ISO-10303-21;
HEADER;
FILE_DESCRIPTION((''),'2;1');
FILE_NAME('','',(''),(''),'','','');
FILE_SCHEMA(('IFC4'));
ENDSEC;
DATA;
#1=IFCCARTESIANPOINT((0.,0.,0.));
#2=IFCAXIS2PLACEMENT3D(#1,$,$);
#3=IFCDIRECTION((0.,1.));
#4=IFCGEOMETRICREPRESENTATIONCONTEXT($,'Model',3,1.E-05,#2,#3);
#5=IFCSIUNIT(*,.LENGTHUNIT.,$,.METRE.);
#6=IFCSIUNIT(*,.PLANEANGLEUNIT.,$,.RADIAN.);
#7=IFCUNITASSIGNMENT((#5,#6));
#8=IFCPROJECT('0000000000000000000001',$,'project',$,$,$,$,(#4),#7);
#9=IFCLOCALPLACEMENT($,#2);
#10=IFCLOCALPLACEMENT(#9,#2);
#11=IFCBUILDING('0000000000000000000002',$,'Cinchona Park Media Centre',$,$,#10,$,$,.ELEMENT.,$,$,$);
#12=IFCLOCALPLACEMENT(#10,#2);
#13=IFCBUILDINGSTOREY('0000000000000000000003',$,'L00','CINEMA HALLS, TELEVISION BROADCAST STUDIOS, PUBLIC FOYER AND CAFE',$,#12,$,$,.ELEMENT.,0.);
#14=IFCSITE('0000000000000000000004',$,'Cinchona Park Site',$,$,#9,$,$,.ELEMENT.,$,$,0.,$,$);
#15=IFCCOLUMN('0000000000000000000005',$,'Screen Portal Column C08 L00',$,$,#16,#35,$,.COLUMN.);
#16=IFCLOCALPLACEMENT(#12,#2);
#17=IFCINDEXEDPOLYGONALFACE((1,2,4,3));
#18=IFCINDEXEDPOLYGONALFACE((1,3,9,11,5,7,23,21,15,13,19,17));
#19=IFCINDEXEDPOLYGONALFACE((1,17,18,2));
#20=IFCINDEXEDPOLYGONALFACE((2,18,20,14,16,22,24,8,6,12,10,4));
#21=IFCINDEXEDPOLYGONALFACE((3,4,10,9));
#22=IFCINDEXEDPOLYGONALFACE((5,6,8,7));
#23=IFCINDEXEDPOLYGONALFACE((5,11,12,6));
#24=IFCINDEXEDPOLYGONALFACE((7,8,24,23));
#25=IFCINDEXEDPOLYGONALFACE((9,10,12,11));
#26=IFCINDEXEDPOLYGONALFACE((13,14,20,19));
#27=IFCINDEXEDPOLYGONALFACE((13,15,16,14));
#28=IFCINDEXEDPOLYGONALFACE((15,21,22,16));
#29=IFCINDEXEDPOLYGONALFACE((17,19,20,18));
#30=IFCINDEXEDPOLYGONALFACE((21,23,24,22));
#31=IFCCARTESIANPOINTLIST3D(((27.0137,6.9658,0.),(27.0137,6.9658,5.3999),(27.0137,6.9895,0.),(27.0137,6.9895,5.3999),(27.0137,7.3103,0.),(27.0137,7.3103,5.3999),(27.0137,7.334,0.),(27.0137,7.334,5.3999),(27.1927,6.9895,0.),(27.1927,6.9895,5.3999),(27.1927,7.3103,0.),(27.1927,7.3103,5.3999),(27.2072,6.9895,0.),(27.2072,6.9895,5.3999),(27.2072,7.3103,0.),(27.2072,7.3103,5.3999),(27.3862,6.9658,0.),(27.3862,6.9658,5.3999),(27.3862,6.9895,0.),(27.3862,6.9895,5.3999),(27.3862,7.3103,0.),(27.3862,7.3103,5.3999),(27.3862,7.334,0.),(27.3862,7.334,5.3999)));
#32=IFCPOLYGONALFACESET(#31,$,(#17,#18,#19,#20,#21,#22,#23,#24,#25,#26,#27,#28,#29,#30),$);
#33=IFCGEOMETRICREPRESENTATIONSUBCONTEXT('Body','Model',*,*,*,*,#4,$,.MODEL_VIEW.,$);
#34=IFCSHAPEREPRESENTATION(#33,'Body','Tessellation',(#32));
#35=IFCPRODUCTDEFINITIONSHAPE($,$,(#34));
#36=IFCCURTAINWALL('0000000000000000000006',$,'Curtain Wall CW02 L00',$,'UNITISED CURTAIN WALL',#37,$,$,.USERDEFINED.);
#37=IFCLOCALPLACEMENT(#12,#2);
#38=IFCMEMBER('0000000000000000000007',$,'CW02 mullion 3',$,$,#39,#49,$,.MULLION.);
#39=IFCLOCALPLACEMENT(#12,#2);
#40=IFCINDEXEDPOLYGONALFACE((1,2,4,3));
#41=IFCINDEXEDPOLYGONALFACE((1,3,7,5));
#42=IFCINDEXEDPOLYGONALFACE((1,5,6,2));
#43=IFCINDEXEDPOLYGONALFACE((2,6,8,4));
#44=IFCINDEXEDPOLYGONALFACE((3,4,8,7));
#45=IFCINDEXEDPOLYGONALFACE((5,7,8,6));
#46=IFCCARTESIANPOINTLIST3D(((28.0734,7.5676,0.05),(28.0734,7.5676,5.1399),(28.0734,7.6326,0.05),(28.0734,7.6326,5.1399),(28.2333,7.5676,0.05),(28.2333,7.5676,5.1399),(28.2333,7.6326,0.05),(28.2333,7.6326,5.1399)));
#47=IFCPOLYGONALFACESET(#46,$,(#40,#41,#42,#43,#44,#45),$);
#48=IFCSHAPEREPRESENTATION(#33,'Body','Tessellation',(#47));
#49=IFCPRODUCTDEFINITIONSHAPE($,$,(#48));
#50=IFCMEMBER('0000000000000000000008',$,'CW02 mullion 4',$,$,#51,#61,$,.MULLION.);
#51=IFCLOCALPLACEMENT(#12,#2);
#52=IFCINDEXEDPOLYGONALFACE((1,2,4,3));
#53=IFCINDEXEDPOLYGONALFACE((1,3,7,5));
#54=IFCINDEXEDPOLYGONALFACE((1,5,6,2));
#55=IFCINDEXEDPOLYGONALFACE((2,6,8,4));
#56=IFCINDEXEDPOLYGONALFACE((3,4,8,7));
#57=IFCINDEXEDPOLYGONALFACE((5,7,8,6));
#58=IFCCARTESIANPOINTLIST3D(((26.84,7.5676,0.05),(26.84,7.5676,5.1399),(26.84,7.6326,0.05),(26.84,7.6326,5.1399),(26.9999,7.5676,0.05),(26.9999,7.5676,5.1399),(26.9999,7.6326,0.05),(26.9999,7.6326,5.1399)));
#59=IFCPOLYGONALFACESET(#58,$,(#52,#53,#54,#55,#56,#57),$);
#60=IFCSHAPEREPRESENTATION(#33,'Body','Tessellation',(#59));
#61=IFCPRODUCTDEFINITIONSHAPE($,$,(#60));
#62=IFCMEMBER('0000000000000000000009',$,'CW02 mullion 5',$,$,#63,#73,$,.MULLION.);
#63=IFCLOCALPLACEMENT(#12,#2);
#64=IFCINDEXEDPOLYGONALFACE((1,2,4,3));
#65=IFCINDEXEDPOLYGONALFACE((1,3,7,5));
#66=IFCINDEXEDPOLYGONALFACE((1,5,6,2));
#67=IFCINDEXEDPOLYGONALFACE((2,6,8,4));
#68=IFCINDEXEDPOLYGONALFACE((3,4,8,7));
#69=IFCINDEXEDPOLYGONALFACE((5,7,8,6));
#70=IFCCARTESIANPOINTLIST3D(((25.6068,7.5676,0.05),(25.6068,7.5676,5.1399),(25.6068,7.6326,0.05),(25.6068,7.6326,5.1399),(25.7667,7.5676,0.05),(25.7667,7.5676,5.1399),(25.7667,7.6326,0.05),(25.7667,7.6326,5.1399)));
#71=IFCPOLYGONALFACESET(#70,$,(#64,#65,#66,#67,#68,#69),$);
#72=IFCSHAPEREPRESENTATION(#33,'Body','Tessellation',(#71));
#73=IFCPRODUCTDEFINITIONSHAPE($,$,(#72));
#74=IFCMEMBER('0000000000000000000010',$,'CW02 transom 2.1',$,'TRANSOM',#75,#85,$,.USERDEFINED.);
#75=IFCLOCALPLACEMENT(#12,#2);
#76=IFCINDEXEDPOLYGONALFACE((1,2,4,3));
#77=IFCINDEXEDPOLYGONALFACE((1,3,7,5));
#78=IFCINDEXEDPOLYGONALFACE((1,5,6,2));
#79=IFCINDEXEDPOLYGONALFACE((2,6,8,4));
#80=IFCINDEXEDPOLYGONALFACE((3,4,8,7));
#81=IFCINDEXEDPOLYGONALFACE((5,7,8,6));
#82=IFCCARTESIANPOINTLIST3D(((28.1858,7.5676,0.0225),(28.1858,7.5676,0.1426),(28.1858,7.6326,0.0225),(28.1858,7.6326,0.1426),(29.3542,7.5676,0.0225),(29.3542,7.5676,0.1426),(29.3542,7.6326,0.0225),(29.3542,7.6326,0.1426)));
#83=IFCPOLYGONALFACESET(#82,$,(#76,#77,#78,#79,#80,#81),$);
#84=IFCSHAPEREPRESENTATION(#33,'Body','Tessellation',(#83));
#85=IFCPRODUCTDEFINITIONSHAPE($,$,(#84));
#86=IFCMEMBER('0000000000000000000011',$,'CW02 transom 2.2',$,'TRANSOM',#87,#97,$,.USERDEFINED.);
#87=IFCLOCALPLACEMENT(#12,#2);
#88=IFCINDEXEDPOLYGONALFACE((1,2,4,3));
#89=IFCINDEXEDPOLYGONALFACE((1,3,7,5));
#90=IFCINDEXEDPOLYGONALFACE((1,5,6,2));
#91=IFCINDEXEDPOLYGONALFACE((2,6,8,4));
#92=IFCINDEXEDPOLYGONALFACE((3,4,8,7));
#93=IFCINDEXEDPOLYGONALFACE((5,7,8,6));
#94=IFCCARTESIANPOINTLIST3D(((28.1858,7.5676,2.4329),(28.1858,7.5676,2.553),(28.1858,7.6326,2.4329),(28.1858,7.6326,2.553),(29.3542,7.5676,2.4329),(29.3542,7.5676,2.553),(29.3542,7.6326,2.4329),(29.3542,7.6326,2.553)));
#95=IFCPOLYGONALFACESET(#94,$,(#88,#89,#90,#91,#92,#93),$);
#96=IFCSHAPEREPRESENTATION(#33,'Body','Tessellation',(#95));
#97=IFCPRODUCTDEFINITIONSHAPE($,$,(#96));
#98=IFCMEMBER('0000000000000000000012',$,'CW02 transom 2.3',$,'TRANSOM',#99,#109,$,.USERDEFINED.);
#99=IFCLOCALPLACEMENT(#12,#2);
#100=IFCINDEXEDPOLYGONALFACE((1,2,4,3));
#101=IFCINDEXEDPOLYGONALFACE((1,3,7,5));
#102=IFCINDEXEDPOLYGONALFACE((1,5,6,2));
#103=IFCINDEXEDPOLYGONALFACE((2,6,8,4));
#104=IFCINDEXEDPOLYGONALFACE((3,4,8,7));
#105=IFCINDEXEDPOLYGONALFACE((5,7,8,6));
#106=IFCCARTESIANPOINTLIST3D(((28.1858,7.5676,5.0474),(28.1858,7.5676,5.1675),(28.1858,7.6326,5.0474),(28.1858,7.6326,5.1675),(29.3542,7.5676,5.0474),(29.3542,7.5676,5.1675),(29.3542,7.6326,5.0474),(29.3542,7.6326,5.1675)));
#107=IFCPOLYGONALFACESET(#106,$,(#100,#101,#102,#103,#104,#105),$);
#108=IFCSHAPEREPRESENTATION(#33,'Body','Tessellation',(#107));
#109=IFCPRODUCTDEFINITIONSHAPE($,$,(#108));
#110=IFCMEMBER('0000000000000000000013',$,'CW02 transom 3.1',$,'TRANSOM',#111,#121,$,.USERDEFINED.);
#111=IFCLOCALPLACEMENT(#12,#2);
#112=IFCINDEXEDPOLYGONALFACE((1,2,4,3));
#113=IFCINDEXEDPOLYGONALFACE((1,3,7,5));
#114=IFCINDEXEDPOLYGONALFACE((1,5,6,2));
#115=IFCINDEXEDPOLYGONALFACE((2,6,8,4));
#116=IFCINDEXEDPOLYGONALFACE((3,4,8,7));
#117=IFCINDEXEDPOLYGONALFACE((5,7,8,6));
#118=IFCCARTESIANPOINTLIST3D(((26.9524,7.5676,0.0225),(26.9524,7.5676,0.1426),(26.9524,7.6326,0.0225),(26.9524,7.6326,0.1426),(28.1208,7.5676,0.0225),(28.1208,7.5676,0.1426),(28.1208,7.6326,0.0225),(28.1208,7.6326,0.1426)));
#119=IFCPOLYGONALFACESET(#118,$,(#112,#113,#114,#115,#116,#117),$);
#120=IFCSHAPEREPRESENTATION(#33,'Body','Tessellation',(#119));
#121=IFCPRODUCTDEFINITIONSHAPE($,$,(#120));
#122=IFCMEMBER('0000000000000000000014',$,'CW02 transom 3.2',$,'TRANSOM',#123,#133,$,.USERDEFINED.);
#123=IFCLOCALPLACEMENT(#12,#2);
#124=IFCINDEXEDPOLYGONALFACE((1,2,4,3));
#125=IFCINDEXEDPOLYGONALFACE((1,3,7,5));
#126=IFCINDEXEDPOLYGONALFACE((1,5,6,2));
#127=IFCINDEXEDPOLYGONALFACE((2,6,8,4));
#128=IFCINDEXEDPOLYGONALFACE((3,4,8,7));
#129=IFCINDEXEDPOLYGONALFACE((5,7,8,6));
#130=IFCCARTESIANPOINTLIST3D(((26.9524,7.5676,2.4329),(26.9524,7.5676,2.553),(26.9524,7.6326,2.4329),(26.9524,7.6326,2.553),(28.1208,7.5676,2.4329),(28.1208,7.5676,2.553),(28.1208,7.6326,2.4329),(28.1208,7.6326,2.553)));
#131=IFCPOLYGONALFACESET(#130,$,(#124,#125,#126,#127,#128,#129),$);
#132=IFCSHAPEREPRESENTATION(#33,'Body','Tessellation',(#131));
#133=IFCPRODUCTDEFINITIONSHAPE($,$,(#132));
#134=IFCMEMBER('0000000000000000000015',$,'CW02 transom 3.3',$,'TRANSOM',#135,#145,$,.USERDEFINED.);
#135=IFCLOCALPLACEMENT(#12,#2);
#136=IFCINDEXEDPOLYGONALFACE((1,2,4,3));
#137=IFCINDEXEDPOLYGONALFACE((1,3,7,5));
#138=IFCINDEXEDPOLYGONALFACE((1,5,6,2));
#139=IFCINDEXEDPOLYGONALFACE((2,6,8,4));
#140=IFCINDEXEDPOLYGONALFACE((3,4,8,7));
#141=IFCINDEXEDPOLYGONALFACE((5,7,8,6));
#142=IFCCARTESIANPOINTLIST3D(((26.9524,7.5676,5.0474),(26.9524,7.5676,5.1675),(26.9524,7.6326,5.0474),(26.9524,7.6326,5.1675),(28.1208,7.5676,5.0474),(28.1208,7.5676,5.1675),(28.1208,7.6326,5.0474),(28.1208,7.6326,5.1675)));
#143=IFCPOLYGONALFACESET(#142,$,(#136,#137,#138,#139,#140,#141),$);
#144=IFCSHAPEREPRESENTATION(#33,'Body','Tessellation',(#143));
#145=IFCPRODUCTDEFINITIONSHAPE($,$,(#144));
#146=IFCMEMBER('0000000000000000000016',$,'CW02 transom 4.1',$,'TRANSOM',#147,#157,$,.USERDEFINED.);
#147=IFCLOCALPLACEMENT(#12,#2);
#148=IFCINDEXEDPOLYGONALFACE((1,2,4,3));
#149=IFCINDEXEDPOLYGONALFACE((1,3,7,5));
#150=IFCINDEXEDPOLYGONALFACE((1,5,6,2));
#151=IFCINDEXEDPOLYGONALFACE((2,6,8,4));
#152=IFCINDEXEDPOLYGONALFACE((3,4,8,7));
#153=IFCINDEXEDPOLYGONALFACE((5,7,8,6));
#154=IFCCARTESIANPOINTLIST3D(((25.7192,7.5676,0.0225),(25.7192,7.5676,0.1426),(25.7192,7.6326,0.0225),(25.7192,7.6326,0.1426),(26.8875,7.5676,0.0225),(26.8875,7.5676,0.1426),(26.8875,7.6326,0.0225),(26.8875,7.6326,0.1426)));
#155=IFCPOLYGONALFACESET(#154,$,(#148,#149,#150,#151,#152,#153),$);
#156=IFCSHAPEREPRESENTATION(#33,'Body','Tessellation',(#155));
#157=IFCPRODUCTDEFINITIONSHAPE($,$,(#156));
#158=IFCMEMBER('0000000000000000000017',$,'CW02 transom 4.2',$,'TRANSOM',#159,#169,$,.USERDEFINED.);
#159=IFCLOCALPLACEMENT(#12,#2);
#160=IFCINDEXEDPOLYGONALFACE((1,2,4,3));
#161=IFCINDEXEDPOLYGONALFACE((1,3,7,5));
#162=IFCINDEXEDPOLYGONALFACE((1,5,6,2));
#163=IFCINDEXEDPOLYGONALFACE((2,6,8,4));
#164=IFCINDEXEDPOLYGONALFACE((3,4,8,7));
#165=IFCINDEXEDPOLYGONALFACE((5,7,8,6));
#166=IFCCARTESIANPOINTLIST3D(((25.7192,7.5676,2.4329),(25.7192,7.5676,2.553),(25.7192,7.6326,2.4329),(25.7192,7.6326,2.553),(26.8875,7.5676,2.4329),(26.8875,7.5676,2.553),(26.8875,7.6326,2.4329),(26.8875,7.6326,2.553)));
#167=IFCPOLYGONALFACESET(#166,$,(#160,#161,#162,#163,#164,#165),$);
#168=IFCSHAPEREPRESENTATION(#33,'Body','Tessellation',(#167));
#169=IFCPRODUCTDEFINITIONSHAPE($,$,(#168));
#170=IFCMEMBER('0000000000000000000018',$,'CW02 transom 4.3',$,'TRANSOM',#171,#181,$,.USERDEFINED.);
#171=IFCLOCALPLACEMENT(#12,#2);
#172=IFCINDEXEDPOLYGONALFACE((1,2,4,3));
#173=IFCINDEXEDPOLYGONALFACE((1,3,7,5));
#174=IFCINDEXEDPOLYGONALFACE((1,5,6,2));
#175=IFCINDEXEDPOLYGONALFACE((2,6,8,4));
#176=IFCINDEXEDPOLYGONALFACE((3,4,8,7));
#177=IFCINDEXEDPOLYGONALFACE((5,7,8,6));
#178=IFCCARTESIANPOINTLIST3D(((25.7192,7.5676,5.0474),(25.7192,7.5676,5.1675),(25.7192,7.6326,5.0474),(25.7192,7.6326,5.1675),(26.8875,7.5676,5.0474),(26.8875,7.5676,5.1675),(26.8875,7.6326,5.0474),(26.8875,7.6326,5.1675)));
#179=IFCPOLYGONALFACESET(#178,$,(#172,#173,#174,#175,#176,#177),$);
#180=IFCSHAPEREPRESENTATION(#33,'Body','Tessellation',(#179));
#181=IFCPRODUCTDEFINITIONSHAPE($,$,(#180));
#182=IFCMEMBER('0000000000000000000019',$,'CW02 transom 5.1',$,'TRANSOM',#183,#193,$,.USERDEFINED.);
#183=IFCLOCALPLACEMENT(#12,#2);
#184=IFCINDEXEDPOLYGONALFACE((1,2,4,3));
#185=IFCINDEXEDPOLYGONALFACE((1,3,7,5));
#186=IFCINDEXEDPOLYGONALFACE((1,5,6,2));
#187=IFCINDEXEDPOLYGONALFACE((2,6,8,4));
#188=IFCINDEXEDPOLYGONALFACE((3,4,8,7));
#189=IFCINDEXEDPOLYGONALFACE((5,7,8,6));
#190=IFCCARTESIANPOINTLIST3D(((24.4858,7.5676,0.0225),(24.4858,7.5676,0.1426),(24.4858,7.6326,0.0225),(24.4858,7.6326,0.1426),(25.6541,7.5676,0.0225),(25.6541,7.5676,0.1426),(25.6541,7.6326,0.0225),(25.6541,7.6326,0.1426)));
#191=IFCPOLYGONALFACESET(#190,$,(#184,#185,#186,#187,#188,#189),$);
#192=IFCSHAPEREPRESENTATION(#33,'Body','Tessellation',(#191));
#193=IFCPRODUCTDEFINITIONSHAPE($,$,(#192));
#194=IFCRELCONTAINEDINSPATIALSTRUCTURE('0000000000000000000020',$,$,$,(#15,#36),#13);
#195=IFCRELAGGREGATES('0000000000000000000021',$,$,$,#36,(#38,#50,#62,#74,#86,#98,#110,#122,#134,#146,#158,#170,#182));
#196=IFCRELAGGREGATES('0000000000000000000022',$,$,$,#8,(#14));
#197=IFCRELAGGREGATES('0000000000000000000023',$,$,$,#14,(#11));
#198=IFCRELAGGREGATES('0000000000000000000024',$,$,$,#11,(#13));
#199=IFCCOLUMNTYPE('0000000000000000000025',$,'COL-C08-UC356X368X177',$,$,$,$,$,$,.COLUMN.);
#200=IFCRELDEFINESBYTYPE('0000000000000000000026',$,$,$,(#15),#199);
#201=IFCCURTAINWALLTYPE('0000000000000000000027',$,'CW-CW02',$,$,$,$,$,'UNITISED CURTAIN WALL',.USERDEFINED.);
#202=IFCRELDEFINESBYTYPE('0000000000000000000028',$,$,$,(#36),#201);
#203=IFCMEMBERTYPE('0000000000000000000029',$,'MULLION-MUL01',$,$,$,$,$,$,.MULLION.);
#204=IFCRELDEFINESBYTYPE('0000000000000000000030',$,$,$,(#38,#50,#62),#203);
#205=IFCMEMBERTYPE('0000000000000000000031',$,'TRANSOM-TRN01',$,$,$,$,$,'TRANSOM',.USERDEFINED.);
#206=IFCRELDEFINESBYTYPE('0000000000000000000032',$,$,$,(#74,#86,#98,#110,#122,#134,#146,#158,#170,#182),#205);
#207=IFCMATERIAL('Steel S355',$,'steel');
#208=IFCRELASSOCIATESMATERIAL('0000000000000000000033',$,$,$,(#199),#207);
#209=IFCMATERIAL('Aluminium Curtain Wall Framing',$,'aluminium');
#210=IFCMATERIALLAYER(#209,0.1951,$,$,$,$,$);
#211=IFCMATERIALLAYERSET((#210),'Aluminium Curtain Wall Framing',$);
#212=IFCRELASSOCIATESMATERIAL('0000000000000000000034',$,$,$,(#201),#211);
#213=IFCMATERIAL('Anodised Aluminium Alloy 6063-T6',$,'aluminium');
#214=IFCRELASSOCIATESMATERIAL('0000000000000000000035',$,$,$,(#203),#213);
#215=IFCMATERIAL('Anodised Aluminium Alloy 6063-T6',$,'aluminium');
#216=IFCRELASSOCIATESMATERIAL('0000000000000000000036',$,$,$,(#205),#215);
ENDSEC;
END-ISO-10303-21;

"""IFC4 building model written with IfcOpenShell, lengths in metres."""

from ifc_helpers import new_model, si_unit, direction, frame, origin, origin_2d, place, context, subcontext, project, spatial, rectangle, i_section, extrude, material, layer, layer_set, material_profile, profile_set, type_object, element, aggregate, save


model = new_model("IFC4")

# Units and contexts
model_context = context("Model", 3, precision=1e-05, world=origin(), true_north=direction((0.0, 1.0)))
body_context = subcontext(model_context, "Body", "Model", "MODEL_VIEW")
ifc_project = project(units=[si_unit("LENGTHUNIT", "METRE"), si_unit("PLANEANGLEUNIT", "RADIAN")], contexts=[model_context])

# Site, building, storey
site_placement = place(None, origin())
site = spatial("IfcSite", under=ifc_project, at=site_placement, Name="Cinchona Park Site", CompositionType="ELEMENT", RefElevation=0.0)
building_placement = place(site_placement, origin())
building = spatial("IfcBuilding", under=site, at=building_placement, Name="Cinchona Park Media Centre", CompositionType="ELEMENT")
storey_placement = place(building_placement, origin())
storey = spatial("IfcBuildingStorey", under=building, at=storey_placement, Name="L00", Description="CINEMA HALLS, TELEVISION BROADCAST STUDIOS, PUBLIC FOYER AND CAFE", CompositionType="ELEMENT", Elevation=0.0)

# Column
ifc_material_1 = material(Name="Steel S355", Category="steel")
ifc_material_profile_1 = material_profile(ifc_material_1, i_section(OverallWidth=0.3726, OverallDepth=0.3682, WebThickness=0.0144, FlangeThickness=0.0237, at=origin_2d()), Name="UC356X368X177")
ifc_profile_set_1 = profile_set([ifc_material_profile_1], Name="Steel S355")
column_type = type_object("IfcColumnType", Name="COL-C08-UC356X368X177", PredefinedType="COLUMN", material=ifc_profile_set_1)
column_placement = place(storey_placement, frame((27.2, 7.1499, 0.0), z_axis=(0.0, 0.0, 1.0), x_axis=(1.0, 0.0, 0.0)))
element("IfcColumn", 1, at=column_placement, inside=storey, type_object=column_type, Name="Screen Portal Column C08 L00", PredefinedType="COLUMN", context=body_context, shape_type="SweptSolid", body=[
    extrude(i_section(OverallWidth=0.3726, OverallDepth=0.3682, WebThickness=0.0144, FlangeThickness=0.0237, at=origin_2d()), origin(), (0.0, 0.0, 1.0), 5.3999),
])

# Curtain wall, members
ifc_material_2 = material(Name="Aluminium Curtain Wall Framing", Category="aluminium")
ifc_layer_1 = layer(ifc_material_2, 0.1951)
ifc_layer_set_1 = layer_set([ifc_layer_1], Name="Aluminium Curtain Wall Framing")
curtain_wall_type = type_object("IfcCurtainWallType", Name="CW-CW02", ElementType="UNITISED CURTAIN WALL", PredefinedType="USERDEFINED", material=ifc_layer_set_1)
curtain_wall_placement = place(storey_placement, origin())
curtain_wall = element("IfcCurtainWall", 2, at=curtain_wall_placement, inside=storey, type_object=curtain_wall_type, Name="Curtain Wall CW02 L00", ObjectType="UNITISED CURTAIN WALL", PredefinedType="USERDEFINED")
ifc_material_3 = material(Name="Anodised Aluminium Alloy 6063-T6", Category="aluminium")
ifc_material_profile_2 = material_profile(ifc_material_3, rectangle(XDim=0.0649, YDim=0.1599, at=origin_2d()), Name="MUL-65X160")
ifc_profile_set_2 = profile_set([ifc_material_profile_2], Name="Anodised Aluminium Alloy 6063-T6")
member_type_1 = type_object("IfcMemberType", Name="MULLION-MUL01", PredefinedType="MULLION", material=ifc_profile_set_2)
member_1_placement = place(storey_placement, frame((28.1533, 7.6001, 0.05), z_axis=(0.0, 0.0, 1.0), x_axis=(0.0, -1.0, 0.0)))
member_1 = element("IfcMember", 3, at=member_1_placement, type_object=member_type_1, Name="CW02 mullion 3", PredefinedType="MULLION", context=body_context, shape_type="SweptSolid", body=[
    extrude(rectangle(XDim=0.0649, YDim=0.1599, at=origin_2d()), origin(), (0.0, 0.0, 1.0), 5.0898),
])
member_2_placement = place(storey_placement, frame((26.9199, 7.6001, 0.05), z_axis=(0.0, 0.0, 1.0), x_axis=(0.0, -1.0, 0.0)))
member_2 = element("IfcMember", 4, at=member_2_placement, type_object=member_type_1, Name="CW02 mullion 4", PredefinedType="MULLION", context=body_context, shape_type="SweptSolid", body=[
    extrude(rectangle(XDim=0.0649, YDim=0.1599, at=origin_2d()), origin(), (0.0, 0.0, 1.0), 5.0898),
])
member_3_placement = place(storey_placement, frame((25.6868, 7.6001, 0.05), z_axis=(0.0, 0.0, 1.0), x_axis=(0.0, -1.0, 0.0)))
member_3 = element("IfcMember", 5, at=member_3_placement, type_object=member_type_1, Name="CW02 mullion 5", PredefinedType="MULLION", context=body_context, shape_type="SweptSolid", body=[
    extrude(rectangle(XDim=0.0649, YDim=0.1599, at=origin_2d()), origin(), (0.0, 0.0, 1.0), 5.0898),
])
ifc_material_4 = material(Name="Anodised Aluminium Alloy 6063-T6", Category="aluminium")
ifc_material_profile_3 = material_profile(ifc_material_4, rectangle(XDim=0.0649, YDim=0.1201, at=origin_2d()), Name="TRN-65X120")
ifc_profile_set_3 = profile_set([ifc_material_profile_3], Name="Anodised Aluminium Alloy 6063-T6")
member_type_2 = type_object("IfcMemberType", Name="TRANSOM-TRN01", ElementType="TRANSOM", PredefinedType="USERDEFINED", material=ifc_profile_set_3)
member_4_placement = place(storey_placement, frame((29.3542, 7.6001, 0.0825), z_axis=(-1.0, 0.0, 0.0), x_axis=(0.0, -1.0, 0.0)))
member_4 = element("IfcMember", 6, at=member_4_placement, type_object=member_type_2, Name="CW02 transom 2.1", ObjectType="TRANSOM", PredefinedType="USERDEFINED", context=body_context, shape_type="SweptSolid", body=[
    extrude(rectangle(XDim=0.0649, YDim=0.1201, at=origin_2d()), origin(), (0.0, 0.0, 1.0), 1.1685),
])
member_5_placement = place(storey_placement, frame((29.3542, 7.6001, 2.4929), z_axis=(-1.0, 0.0, 0.0), x_axis=(0.0, -1.0, 0.0)))
member_5 = element("IfcMember", 7, at=member_5_placement, type_object=member_type_2, Name="CW02 transom 2.2", ObjectType="TRANSOM", PredefinedType="USERDEFINED", context=body_context, shape_type="SweptSolid", body=[
    extrude(rectangle(XDim=0.0649, YDim=0.1201, at=origin_2d()), origin(), (0.0, 0.0, 1.0), 1.1685),
])
member_6_placement = place(storey_placement, frame((29.3542, 7.6001, 5.1074), z_axis=(-1.0, 0.0, 0.0), x_axis=(0.0, -1.0, 0.0)))
member_6 = element("IfcMember", 8, at=member_6_placement, type_object=member_type_2, Name="CW02 transom 2.3", ObjectType="TRANSOM", PredefinedType="USERDEFINED", context=body_context, shape_type="SweptSolid", body=[
    extrude(rectangle(XDim=0.0649, YDim=0.1201, at=origin_2d()), origin(), (0.0, 0.0, 1.0), 1.1685),
])
member_7_placement = place(storey_placement, frame((28.1208, 7.6001, 0.0825), z_axis=(-1.0, 0.0, 0.0), x_axis=(0.0, -1.0, 0.0)))
member_7 = element("IfcMember", 9, at=member_7_placement, type_object=member_type_2, Name="CW02 transom 3.1", ObjectType="TRANSOM", PredefinedType="USERDEFINED", context=body_context, shape_type="SweptSolid", body=[
    extrude(rectangle(XDim=0.0649, YDim=0.1201, at=origin_2d()), origin(), (0.0, 0.0, 1.0), 1.1685),
])
member_8_placement = place(storey_placement, frame((28.1208, 7.6001, 2.4929), z_axis=(-1.0, 0.0, 0.0), x_axis=(0.0, -1.0, 0.0)))
member_8 = element("IfcMember", 10, at=member_8_placement, type_object=member_type_2, Name="CW02 transom 3.2", ObjectType="TRANSOM", PredefinedType="USERDEFINED", context=body_context, shape_type="SweptSolid", body=[
    extrude(rectangle(XDim=0.0649, YDim=0.1201, at=origin_2d()), origin(), (0.0, 0.0, 1.0), 1.1685),
])
member_9_placement = place(storey_placement, frame((28.1208, 7.6001, 5.1074), z_axis=(-1.0, 0.0, 0.0), x_axis=(0.0, -1.0, 0.0)))
member_9 = element("IfcMember", 11, at=member_9_placement, type_object=member_type_2, Name="CW02 transom 3.3", ObjectType="TRANSOM", PredefinedType="USERDEFINED", context=body_context, shape_type="SweptSolid", body=[
    extrude(rectangle(XDim=0.0649, YDim=0.1201, at=origin_2d()), origin(), (0.0, 0.0, 1.0), 1.1685),
])
member_10_placement = place(storey_placement, frame((26.8875, 7.6001, 0.0825), z_axis=(-1.0, 0.0, 0.0), x_axis=(0.0, -1.0, 0.0)))
member_10 = element("IfcMember", 12, at=member_10_placement, type_object=member_type_2, Name="CW02 transom 4.1", ObjectType="TRANSOM", PredefinedType="USERDEFINED", context=body_context, shape_type="SweptSolid", body=[
    extrude(rectangle(XDim=0.0649, YDim=0.1201, at=origin_2d()), origin(), (0.0, 0.0, 1.0), 1.1682),
])
member_11_placement = place(storey_placement, frame((26.8875, 7.6001, 2.4929), z_axis=(-1.0, 0.0, 0.0), x_axis=(0.0, -1.0, 0.0)))
member_11 = element("IfcMember", 13, at=member_11_placement, type_object=member_type_2, Name="CW02 transom 4.2", ObjectType="TRANSOM", PredefinedType="USERDEFINED", context=body_context, shape_type="SweptSolid", body=[
    extrude(rectangle(XDim=0.0649, YDim=0.1201, at=origin_2d()), origin(), (0.0, 0.0, 1.0), 1.1682),
])
member_12_placement = place(storey_placement, frame((26.8875, 7.6001, 5.1074), z_axis=(-1.0, 0.0, 0.0), x_axis=(0.0, -1.0, 0.0)))
member_12 = element("IfcMember", 14, at=member_12_placement, type_object=member_type_2, Name="CW02 transom 4.3", ObjectType="TRANSOM", PredefinedType="USERDEFINED", context=body_context, shape_type="SweptSolid", body=[
    extrude(rectangle(XDim=0.0649, YDim=0.1201, at=origin_2d()), origin(), (0.0, 0.0, 1.0), 1.1682),
])
member_13_placement = place(storey_placement, frame((25.6541, 7.6001, 0.0825), z_axis=(-1.0, 0.0, 0.0), x_axis=(0.0, -1.0, 0.0)))
member_13 = element("IfcMember", 15, at=member_13_placement, type_object=member_type_2, Name="CW02 transom 5.1", ObjectType="TRANSOM", PredefinedType="USERDEFINED", context=body_context, shape_type="SweptSolid", body=[
    extrude(rectangle(XDim=0.0649, YDim=0.1201, at=origin_2d()), origin(), (0.0, 0.0, 1.0), 1.1682),
])
aggregate(curtain_wall, [member_1, member_2, member_3, member_4, member_5, member_6, member_7, member_8, member_9, member_10, member_11, member_12, member_13])

save(model, "model.ifc")
